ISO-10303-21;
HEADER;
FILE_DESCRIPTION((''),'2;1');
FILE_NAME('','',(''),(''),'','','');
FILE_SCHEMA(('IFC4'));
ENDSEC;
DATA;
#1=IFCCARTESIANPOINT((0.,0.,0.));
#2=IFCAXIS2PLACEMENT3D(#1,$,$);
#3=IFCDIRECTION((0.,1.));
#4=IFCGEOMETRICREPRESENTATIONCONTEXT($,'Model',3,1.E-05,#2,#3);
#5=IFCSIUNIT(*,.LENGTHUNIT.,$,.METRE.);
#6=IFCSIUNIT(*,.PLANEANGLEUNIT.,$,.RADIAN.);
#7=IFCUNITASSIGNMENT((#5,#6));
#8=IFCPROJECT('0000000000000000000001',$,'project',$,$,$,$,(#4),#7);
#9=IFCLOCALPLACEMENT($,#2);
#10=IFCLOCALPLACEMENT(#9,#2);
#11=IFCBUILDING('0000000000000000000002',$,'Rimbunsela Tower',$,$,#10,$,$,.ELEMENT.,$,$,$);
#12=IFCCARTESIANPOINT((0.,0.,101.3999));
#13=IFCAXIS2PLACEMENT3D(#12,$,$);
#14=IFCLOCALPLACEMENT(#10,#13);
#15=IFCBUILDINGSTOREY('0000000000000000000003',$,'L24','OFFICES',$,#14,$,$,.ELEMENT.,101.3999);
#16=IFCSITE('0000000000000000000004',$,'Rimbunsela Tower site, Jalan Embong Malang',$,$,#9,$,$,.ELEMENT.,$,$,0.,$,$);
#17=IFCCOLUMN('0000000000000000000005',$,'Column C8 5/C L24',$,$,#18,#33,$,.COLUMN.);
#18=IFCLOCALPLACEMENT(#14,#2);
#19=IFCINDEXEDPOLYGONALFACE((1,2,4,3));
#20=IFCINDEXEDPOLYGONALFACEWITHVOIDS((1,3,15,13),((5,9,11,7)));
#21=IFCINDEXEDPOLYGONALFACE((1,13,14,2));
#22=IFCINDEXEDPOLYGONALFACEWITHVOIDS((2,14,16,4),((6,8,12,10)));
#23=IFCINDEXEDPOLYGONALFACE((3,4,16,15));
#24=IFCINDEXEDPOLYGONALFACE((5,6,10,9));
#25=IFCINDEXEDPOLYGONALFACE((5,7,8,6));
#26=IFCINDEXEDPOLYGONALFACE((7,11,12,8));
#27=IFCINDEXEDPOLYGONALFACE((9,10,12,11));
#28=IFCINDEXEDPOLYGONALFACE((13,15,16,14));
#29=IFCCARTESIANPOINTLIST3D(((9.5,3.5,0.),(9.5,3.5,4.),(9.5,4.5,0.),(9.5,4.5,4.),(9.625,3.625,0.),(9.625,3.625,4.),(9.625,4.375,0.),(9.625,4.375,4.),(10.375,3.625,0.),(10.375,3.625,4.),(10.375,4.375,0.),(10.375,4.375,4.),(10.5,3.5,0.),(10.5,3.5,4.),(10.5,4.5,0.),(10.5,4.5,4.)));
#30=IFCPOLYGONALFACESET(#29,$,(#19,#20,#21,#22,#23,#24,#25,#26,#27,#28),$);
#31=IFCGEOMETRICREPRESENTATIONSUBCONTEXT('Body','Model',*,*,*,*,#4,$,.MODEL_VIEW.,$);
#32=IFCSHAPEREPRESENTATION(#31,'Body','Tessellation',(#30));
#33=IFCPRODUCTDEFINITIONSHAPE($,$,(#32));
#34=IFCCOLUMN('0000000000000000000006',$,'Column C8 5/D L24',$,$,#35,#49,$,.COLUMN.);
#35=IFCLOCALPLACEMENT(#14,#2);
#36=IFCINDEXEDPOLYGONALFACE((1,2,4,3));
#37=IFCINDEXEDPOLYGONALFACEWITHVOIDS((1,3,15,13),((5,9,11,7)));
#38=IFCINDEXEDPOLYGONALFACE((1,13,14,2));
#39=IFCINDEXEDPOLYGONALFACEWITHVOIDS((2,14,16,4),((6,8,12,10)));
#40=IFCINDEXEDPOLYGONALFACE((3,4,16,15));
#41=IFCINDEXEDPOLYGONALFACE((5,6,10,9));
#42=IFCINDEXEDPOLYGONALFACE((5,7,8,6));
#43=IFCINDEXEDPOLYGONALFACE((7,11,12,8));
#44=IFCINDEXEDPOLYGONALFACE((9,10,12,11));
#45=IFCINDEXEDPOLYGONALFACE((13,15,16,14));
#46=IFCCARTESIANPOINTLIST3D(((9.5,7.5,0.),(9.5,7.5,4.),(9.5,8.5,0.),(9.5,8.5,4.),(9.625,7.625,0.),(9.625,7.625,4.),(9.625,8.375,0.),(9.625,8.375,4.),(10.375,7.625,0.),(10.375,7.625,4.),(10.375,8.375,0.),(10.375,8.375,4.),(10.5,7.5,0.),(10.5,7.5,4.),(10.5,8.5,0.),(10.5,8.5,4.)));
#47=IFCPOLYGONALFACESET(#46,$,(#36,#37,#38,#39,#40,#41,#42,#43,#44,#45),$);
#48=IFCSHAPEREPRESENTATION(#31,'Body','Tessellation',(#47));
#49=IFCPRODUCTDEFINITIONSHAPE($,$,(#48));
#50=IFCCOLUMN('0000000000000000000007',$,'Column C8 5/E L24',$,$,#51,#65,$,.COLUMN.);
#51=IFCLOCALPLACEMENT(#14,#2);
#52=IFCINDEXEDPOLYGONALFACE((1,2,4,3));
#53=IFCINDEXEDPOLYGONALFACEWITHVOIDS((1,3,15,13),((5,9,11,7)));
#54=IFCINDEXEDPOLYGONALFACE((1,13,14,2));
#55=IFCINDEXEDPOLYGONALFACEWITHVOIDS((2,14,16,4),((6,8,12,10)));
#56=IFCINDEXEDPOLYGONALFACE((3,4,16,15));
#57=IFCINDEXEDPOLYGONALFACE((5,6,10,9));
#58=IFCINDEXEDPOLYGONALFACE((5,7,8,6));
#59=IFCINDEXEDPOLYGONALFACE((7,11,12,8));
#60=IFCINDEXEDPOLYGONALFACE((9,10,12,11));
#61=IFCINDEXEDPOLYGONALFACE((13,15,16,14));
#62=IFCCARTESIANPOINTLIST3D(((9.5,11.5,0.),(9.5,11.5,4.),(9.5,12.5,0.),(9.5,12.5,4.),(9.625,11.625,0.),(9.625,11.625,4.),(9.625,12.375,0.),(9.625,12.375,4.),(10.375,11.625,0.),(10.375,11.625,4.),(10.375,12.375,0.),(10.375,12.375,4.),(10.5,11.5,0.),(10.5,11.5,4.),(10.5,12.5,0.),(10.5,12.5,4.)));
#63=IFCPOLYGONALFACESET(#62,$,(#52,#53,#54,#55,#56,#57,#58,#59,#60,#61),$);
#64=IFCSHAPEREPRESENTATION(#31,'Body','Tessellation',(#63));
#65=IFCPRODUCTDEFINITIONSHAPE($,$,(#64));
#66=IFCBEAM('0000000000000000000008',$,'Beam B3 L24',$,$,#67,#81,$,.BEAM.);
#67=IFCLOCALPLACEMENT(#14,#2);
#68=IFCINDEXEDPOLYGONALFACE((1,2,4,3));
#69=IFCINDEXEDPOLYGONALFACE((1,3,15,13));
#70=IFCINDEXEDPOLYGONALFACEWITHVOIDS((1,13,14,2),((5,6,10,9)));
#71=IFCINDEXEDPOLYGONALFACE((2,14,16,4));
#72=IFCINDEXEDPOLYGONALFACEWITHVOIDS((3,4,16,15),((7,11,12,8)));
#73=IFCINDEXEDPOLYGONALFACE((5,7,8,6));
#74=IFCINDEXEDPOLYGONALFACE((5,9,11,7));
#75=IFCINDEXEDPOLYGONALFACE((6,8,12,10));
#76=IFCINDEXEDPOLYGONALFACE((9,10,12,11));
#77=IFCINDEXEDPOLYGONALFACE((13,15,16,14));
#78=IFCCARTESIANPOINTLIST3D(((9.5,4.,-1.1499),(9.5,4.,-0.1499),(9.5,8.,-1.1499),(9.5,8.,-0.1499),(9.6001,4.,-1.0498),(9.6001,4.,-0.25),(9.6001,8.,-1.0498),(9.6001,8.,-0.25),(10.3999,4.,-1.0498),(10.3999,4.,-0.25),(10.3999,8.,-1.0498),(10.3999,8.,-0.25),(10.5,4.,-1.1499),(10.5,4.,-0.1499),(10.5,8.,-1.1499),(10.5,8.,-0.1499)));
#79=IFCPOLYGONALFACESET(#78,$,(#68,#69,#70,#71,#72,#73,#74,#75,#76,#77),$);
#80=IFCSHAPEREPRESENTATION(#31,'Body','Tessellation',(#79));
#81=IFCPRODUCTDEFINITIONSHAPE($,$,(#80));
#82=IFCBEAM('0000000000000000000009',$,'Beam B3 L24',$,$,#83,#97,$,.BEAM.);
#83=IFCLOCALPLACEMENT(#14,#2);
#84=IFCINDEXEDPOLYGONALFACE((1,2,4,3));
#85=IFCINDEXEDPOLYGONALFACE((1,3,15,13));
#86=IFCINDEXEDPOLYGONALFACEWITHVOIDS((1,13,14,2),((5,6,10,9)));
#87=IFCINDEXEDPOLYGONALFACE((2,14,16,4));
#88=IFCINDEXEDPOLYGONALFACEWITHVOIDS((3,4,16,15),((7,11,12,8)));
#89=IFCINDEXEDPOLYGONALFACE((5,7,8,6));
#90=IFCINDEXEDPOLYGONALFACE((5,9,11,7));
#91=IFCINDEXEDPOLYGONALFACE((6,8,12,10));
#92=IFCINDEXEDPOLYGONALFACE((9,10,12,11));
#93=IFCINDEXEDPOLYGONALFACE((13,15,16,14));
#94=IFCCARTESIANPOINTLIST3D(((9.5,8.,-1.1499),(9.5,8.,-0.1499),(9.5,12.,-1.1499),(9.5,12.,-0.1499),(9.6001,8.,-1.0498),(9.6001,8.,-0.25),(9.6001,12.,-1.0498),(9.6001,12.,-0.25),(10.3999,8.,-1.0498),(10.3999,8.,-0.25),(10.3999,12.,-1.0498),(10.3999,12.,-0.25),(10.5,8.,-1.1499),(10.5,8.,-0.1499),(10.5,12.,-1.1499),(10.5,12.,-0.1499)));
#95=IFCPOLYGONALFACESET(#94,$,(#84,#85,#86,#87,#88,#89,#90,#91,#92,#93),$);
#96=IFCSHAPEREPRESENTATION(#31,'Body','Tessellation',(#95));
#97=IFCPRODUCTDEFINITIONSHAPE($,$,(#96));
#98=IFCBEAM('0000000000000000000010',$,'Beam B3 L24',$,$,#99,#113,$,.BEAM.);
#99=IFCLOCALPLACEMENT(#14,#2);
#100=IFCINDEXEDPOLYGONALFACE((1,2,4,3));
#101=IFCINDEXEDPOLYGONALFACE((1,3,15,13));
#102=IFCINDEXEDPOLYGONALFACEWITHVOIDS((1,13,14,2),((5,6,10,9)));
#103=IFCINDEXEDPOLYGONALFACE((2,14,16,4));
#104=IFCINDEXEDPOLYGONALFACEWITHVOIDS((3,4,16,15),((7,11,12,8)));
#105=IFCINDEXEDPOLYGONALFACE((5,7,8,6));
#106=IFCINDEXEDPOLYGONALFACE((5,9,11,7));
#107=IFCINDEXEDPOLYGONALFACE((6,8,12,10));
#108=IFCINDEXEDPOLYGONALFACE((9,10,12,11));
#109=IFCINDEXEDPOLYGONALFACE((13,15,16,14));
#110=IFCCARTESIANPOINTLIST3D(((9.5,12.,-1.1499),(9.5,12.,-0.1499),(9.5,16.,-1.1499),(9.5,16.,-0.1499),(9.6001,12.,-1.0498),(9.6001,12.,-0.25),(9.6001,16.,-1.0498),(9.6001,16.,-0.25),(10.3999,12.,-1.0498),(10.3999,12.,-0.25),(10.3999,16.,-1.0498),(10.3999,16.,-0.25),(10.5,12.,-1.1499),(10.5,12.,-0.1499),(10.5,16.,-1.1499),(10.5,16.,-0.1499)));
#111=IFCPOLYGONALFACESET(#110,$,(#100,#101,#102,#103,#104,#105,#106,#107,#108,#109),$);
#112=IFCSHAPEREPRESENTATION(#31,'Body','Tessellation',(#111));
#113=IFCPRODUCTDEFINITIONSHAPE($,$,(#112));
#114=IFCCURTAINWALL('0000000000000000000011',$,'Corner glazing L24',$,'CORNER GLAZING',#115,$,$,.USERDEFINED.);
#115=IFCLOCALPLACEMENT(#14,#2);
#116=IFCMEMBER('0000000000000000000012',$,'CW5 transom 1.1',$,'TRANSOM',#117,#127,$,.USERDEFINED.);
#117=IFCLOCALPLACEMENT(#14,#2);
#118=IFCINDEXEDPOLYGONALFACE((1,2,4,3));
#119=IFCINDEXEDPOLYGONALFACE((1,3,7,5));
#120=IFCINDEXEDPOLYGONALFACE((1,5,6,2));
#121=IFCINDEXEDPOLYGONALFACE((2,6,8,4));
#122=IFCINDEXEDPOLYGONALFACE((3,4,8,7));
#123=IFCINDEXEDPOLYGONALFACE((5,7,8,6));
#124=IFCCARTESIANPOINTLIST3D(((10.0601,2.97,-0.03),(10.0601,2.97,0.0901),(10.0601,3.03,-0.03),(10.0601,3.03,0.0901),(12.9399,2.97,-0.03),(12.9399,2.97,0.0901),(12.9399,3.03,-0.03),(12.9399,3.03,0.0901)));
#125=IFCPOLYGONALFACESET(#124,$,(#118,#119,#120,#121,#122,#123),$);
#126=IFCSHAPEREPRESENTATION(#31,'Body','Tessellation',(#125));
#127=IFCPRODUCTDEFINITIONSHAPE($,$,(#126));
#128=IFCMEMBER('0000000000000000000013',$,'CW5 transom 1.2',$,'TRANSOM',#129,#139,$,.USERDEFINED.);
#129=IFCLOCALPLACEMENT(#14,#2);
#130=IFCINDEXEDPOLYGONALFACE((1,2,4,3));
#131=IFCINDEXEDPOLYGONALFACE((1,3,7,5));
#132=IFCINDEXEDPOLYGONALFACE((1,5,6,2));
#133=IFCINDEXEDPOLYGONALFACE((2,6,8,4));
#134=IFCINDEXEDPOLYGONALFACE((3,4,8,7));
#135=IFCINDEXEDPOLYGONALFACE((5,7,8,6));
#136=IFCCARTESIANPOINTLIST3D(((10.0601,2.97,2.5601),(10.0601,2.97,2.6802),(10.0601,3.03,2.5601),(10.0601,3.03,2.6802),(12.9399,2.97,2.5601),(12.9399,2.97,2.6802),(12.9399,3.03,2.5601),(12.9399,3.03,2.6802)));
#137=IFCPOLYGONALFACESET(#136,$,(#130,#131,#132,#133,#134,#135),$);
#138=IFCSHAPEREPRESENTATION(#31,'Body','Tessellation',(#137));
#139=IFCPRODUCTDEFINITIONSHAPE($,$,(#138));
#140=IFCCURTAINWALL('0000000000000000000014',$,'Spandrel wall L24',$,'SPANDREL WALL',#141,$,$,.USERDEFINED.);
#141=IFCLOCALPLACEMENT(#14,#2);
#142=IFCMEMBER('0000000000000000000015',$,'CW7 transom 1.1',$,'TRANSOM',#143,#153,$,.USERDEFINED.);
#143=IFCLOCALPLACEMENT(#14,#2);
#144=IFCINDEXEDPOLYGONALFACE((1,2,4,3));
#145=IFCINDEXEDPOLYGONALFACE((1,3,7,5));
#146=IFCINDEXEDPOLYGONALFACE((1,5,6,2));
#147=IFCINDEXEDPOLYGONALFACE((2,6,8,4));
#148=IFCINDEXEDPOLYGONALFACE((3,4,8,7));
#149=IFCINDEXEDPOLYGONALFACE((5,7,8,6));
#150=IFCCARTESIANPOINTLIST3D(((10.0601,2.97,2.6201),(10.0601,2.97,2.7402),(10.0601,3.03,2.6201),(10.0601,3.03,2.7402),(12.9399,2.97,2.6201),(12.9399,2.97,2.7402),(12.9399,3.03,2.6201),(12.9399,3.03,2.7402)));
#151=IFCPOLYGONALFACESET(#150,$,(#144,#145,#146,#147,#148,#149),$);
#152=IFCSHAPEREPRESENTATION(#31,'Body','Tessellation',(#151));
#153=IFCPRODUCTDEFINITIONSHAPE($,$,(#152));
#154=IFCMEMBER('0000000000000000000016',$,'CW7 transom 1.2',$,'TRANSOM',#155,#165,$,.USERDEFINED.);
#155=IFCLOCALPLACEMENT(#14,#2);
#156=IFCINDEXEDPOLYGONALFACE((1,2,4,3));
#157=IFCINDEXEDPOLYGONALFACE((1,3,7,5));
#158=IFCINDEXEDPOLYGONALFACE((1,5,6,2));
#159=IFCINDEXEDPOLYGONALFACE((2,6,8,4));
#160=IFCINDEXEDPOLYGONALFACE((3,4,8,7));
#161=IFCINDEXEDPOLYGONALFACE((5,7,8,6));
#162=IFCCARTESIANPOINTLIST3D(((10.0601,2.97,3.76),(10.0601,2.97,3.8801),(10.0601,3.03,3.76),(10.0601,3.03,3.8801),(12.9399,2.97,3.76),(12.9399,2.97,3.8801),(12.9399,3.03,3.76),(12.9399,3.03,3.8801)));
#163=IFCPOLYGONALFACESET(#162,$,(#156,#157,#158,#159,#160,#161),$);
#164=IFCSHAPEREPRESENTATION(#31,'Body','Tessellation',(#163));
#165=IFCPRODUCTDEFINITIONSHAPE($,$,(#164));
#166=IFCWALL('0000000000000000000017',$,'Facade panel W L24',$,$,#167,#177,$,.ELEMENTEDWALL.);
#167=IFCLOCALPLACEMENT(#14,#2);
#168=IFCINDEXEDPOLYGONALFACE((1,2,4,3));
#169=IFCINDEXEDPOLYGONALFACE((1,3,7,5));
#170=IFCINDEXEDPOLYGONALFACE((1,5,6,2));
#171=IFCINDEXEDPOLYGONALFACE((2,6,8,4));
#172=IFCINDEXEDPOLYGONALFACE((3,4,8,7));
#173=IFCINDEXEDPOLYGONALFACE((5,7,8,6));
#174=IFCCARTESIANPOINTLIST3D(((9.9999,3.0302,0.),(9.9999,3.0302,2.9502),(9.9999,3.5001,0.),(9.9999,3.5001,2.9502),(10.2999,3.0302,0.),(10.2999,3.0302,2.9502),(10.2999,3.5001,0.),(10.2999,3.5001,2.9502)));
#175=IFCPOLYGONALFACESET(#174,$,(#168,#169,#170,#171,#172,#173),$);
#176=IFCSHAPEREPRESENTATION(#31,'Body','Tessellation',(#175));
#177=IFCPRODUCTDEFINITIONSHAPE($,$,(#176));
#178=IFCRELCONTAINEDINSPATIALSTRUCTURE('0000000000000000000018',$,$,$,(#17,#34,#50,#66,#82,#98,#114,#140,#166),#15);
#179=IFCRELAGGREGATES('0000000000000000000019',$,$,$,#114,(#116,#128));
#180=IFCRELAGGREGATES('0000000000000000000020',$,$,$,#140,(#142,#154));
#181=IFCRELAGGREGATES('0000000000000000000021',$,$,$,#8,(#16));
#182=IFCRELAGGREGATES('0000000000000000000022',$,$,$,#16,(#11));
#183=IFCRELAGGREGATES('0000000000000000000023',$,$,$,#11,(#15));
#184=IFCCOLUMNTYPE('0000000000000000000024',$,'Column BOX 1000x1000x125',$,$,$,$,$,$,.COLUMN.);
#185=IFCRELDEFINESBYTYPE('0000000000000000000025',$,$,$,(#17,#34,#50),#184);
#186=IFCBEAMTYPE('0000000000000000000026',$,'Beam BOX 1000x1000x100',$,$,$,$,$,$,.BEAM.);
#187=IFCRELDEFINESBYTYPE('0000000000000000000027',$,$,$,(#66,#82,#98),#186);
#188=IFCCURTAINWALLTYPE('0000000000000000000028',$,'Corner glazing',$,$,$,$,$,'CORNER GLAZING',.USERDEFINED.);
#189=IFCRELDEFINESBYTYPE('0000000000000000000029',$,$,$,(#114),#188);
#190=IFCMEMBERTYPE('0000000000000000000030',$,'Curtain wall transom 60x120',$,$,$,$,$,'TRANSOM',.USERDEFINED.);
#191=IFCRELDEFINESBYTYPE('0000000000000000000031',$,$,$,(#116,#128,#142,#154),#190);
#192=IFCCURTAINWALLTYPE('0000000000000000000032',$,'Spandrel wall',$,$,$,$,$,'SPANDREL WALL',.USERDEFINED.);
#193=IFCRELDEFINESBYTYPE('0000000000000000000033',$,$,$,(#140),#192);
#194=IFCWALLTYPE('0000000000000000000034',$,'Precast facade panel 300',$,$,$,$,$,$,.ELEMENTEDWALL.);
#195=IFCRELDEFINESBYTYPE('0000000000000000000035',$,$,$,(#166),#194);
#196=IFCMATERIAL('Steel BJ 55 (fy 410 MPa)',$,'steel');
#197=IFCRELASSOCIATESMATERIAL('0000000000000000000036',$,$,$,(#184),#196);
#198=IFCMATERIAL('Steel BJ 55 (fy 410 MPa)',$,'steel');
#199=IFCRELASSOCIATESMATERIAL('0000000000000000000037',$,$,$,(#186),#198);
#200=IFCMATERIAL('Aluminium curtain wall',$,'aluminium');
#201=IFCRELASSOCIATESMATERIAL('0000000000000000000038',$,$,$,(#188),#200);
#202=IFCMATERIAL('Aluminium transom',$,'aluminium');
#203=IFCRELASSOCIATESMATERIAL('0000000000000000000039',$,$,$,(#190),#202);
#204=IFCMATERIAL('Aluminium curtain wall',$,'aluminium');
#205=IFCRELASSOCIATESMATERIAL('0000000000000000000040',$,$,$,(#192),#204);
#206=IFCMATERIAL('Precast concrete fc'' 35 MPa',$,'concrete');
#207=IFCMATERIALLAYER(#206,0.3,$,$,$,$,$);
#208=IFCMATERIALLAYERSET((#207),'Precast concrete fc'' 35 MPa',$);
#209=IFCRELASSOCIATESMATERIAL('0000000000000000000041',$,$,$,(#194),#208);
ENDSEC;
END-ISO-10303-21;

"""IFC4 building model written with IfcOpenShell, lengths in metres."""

from ifc_helpers import new_model, si_unit, direction, frame, frame_2d, origin, origin_2d, place, context, subcontext, project, spatial, rectangle, hollow_rectangle, extrude, material, layer, layer_set, material_profile, profile_set, type_object, element, aggregate, save


model = new_model("IFC4")

# Units and contexts
model_context = context("Model", 3, precision=1e-05, world=origin(), true_north=direction((0.0, 1.0)))
body_context = subcontext(model_context, "Body", "Model", "MODEL_VIEW")
ifc_project = project(units=[si_unit("LENGTHUNIT", "METRE"), si_unit("PLANEANGLEUNIT", "RADIAN")], contexts=[model_context])

# Site, building, storey
site_placement = place(None, origin())
site = spatial("IfcSite", under=ifc_project, at=site_placement, Name="Rimbunsela Tower site, Jalan Embong Malang", CompositionType="ELEMENT", RefElevation=0.0)
building_placement = place(site_placement, origin())
building = spatial("IfcBuilding", under=site, at=building_placement, Name="Rimbunsela Tower", CompositionType="ELEMENT")
storey_placement = place(building_placement, frame((0.0, 0.0, 101.3999)))
storey = spatial("IfcBuildingStorey", under=building, at=storey_placement, Name="L24", Description="OFFICES", CompositionType="ELEMENT", Elevation=101.3999)

# Columns
ifc_material_1 = material(Name="Steel BJ 55 (fy 410 MPa)", Category="steel")
ifc_material_profile_1 = material_profile(ifc_material_1, hollow_rectangle(XDim=1.0, YDim=1.0, WallThickness=0.125, at=origin_2d()), Name="BOX 1000x1000x125")
ifc_profile_set_1 = profile_set([ifc_material_profile_1], Name="Steel BJ 55 (fy 410 MPa)")
column_type = type_object("IfcColumnType", Name="Column BOX 1000x1000x125", PredefinedType="COLUMN", material=ifc_profile_set_1)
for number, where, z_axis, x_axis, name in (
    (1, (10.0, 4.0, 0.0), (0.0, 0.0, 1.0), (1.0, 0.0, 0.0), "Column C8 5/C L24"),
    (2, (10.0, 8.0, 0.0), (0.0, 0.0, 1.0), (1.0, 0.0, 0.0), "Column C8 5/D L24"),
    (3, (10.0, 12.0, 0.0), (0.0, 0.0, 1.0), (1.0, 0.0, 0.0), "Column C8 5/E L24"),
):
    element("IfcColumn", number, at=place(storey_placement, frame(where, z_axis=z_axis, x_axis=x_axis)), inside=storey, type_object=column_type, Name=name, PredefinedType="COLUMN", context=body_context, shape_type="SweptSolid", body=[
        extrude(hollow_rectangle(XDim=1.0, YDim=1.0, WallThickness=0.125, at=origin_2d()), origin(), (0.0, 0.0, 1.0), 4.0),
    ])

# Beams
ifc_material_2 = material(Name="Steel BJ 55 (fy 410 MPa)", Category="steel")
ifc_material_profile_2 = material_profile(ifc_material_2, hollow_rectangle(XDim=1.0, YDim=1.0, WallThickness=0.1001, at=origin_2d()), Name="BOX 1000x1000x100")
ifc_profile_set_2 = profile_set([ifc_material_profile_2], Name="Steel BJ 55 (fy 410 MPa)")
beam_type = type_object("IfcBeamType", Name="Beam BOX 1000x1000x100", PredefinedType="BEAM", material=ifc_profile_set_2)
for number, where, z_axis, x_axis, name in (
    (4, (10.0, 4.0, -0.6499), (0.0, 1.0, 0.0), (-1.0, 0.0, 0.0), "Beam B3 L24"),
    (5, (10.0, 8.0, -0.6499), (0.0, 1.0, 0.0), (-1.0, 0.0, 0.0), "Beam B3 L24"),
    (6, (10.0, 12.0, -0.6499), (0.0, 1.0, 0.0), (-1.0, 0.0, 0.0), "Beam B3 L24"),
):
    element("IfcBeam", number, at=place(storey_placement, frame(where, z_axis=z_axis, x_axis=x_axis)), inside=storey, type_object=beam_type, Name=name, PredefinedType="BEAM", context=body_context, shape_type="SweptSolid", body=[
        extrude(hollow_rectangle(XDim=1.0, YDim=1.0, WallThickness=0.1001, at=origin_2d()), origin(), (0.0, 0.0, 1.0), 4.0),
    ])

# Curtain walls, members
ifc_material_3 = material(Name="Aluminium curtain wall", Category="aluminium")
curtain_wall_type_1 = type_object("IfcCurtainWallType", Name="Corner glazing", ElementType="CORNER GLAZING", PredefinedType="USERDEFINED", material=ifc_material_3)
curtain_wall_1_placement = place(storey_placement, origin())
curtain_wall_1 = element("IfcCurtainWall", 7, at=curtain_wall_1_placement, inside=storey, type_object=curtain_wall_type_1, Name="Corner glazing L24", ObjectType="CORNER GLAZING", PredefinedType="USERDEFINED")
ifc_material_4 = material(Name="Aluminium transom", Category="aluminium")
ifc_material_profile_3 = material_profile(ifc_material_4, rectangle(XDim=0.0601, YDim=0.1201, at=origin_2d()), Name="Transom 60x120")
ifc_profile_set_3 = profile_set([ifc_material_profile_3], Name="Aluminium transom")
member_type = type_object("IfcMemberType", Name="Curtain wall transom 60x120", ElementType="TRANSOM", PredefinedType="USERDEFINED", material=ifc_profile_set_3)
member_1_placement = place(storey_placement, frame((10.0601, 3.0, 0.03), z_axis=(1.0, 0.0, 0.0), x_axis=(0.0, 1.0, 0.0)))
member_1 = element("IfcMember", 8, at=member_1_placement, type_object=member_type, Name="CW5 transom 1.1", ObjectType="TRANSOM", PredefinedType="USERDEFINED", context=body_context, shape_type="SweptSolid", body=[
    extrude(rectangle(XDim=0.0601, YDim=0.1201, at=origin_2d()), origin(), (0.0, 0.0, 1.0), 2.8799),
])
member_2_placement = place(storey_placement, frame((10.0601, 3.0, 2.6201), z_axis=(1.0, 0.0, 0.0), x_axis=(0.0, 1.0, 0.0)))
member_2 = element("IfcMember", 9, at=member_2_placement, type_object=member_type, Name="CW5 transom 1.2", ObjectType="TRANSOM", PredefinedType="USERDEFINED", context=body_context, shape_type="SweptSolid", body=[
    extrude(rectangle(XDim=0.0601, YDim=0.1201, at=origin_2d()), origin(), (0.0, 0.0, 1.0), 2.8799),
])
aggregate(curtain_wall_1, [member_1, member_2])
ifc_material_5 = material(Name="Aluminium curtain wall", Category="aluminium")
curtain_wall_type_2 = type_object("IfcCurtainWallType", Name="Spandrel wall", ElementType="SPANDREL WALL", PredefinedType="USERDEFINED", material=ifc_material_5)
curtain_wall_2_placement = place(storey_placement, origin())
curtain_wall_2 = element("IfcCurtainWall", 10, at=curtain_wall_2_placement, inside=storey, type_object=curtain_wall_type_2, Name="Spandrel wall L24", ObjectType="SPANDREL WALL", PredefinedType="USERDEFINED")
member_3_placement = place(storey_placement, frame((10.0601, 3.0, 2.6802), z_axis=(1.0, 0.0, 0.0), x_axis=(0.0, 1.0, 0.0)))
member_3 = element("IfcMember", 11, at=member_3_placement, type_object=member_type, Name="CW7 transom 1.1", ObjectType="TRANSOM", PredefinedType="USERDEFINED", context=body_context, shape_type="SweptSolid", body=[
    extrude(rectangle(XDim=0.0601, YDim=0.1201, at=origin_2d()), origin(), (0.0, 0.0, 1.0), 2.8799),
])
member_4_placement = place(storey_placement, frame((10.0601, 3.0, 3.8201), z_axis=(1.0, 0.0, 0.0), x_axis=(0.0, 1.0, 0.0)))
member_4 = element("IfcMember", 12, at=member_4_placement, type_object=member_type, Name="CW7 transom 1.2", ObjectType="TRANSOM", PredefinedType="USERDEFINED", context=body_context, shape_type="SweptSolid", body=[
    extrude(rectangle(XDim=0.0601, YDim=0.1201, at=origin_2d()), origin(), (0.0, 0.0, 1.0), 2.8799),
])
aggregate(curtain_wall_2, [member_3, member_4])

# Wall
ifc_material_6 = material(Name="Precast concrete fc' 35 MPa", Category="concrete")
ifc_layer = layer(ifc_material_6, 0.3)
ifc_layer_set = layer_set([ifc_layer], Name="Precast concrete fc' 35 MPa")
wall_type = type_object("IfcWallType", Name="Precast facade panel 300", PredefinedType="ELEMENTEDWALL", material=ifc_layer_set)
wall_1_placement = place(storey_placement, frame((10.1499, 3.5, 0.0), z_axis=(0.0, 0.0, 1.0), x_axis=(0.0, -1.0, 0.0)))
element("IfcWall", 13, at=wall_1_placement, inside=storey, type_object=wall_type, Name="Facade panel W L24", PredefinedType="ELEMENTEDWALL", context=body_context, shape_type="SweptSolid", body=[
    extrude(rectangle(XDim=0.47, YDim=0.3, at=frame_2d((0.2349, 0.0))), origin(), (0.0, 0.0, 1.0), 2.9502),
])

save(model, "model.ifc")
